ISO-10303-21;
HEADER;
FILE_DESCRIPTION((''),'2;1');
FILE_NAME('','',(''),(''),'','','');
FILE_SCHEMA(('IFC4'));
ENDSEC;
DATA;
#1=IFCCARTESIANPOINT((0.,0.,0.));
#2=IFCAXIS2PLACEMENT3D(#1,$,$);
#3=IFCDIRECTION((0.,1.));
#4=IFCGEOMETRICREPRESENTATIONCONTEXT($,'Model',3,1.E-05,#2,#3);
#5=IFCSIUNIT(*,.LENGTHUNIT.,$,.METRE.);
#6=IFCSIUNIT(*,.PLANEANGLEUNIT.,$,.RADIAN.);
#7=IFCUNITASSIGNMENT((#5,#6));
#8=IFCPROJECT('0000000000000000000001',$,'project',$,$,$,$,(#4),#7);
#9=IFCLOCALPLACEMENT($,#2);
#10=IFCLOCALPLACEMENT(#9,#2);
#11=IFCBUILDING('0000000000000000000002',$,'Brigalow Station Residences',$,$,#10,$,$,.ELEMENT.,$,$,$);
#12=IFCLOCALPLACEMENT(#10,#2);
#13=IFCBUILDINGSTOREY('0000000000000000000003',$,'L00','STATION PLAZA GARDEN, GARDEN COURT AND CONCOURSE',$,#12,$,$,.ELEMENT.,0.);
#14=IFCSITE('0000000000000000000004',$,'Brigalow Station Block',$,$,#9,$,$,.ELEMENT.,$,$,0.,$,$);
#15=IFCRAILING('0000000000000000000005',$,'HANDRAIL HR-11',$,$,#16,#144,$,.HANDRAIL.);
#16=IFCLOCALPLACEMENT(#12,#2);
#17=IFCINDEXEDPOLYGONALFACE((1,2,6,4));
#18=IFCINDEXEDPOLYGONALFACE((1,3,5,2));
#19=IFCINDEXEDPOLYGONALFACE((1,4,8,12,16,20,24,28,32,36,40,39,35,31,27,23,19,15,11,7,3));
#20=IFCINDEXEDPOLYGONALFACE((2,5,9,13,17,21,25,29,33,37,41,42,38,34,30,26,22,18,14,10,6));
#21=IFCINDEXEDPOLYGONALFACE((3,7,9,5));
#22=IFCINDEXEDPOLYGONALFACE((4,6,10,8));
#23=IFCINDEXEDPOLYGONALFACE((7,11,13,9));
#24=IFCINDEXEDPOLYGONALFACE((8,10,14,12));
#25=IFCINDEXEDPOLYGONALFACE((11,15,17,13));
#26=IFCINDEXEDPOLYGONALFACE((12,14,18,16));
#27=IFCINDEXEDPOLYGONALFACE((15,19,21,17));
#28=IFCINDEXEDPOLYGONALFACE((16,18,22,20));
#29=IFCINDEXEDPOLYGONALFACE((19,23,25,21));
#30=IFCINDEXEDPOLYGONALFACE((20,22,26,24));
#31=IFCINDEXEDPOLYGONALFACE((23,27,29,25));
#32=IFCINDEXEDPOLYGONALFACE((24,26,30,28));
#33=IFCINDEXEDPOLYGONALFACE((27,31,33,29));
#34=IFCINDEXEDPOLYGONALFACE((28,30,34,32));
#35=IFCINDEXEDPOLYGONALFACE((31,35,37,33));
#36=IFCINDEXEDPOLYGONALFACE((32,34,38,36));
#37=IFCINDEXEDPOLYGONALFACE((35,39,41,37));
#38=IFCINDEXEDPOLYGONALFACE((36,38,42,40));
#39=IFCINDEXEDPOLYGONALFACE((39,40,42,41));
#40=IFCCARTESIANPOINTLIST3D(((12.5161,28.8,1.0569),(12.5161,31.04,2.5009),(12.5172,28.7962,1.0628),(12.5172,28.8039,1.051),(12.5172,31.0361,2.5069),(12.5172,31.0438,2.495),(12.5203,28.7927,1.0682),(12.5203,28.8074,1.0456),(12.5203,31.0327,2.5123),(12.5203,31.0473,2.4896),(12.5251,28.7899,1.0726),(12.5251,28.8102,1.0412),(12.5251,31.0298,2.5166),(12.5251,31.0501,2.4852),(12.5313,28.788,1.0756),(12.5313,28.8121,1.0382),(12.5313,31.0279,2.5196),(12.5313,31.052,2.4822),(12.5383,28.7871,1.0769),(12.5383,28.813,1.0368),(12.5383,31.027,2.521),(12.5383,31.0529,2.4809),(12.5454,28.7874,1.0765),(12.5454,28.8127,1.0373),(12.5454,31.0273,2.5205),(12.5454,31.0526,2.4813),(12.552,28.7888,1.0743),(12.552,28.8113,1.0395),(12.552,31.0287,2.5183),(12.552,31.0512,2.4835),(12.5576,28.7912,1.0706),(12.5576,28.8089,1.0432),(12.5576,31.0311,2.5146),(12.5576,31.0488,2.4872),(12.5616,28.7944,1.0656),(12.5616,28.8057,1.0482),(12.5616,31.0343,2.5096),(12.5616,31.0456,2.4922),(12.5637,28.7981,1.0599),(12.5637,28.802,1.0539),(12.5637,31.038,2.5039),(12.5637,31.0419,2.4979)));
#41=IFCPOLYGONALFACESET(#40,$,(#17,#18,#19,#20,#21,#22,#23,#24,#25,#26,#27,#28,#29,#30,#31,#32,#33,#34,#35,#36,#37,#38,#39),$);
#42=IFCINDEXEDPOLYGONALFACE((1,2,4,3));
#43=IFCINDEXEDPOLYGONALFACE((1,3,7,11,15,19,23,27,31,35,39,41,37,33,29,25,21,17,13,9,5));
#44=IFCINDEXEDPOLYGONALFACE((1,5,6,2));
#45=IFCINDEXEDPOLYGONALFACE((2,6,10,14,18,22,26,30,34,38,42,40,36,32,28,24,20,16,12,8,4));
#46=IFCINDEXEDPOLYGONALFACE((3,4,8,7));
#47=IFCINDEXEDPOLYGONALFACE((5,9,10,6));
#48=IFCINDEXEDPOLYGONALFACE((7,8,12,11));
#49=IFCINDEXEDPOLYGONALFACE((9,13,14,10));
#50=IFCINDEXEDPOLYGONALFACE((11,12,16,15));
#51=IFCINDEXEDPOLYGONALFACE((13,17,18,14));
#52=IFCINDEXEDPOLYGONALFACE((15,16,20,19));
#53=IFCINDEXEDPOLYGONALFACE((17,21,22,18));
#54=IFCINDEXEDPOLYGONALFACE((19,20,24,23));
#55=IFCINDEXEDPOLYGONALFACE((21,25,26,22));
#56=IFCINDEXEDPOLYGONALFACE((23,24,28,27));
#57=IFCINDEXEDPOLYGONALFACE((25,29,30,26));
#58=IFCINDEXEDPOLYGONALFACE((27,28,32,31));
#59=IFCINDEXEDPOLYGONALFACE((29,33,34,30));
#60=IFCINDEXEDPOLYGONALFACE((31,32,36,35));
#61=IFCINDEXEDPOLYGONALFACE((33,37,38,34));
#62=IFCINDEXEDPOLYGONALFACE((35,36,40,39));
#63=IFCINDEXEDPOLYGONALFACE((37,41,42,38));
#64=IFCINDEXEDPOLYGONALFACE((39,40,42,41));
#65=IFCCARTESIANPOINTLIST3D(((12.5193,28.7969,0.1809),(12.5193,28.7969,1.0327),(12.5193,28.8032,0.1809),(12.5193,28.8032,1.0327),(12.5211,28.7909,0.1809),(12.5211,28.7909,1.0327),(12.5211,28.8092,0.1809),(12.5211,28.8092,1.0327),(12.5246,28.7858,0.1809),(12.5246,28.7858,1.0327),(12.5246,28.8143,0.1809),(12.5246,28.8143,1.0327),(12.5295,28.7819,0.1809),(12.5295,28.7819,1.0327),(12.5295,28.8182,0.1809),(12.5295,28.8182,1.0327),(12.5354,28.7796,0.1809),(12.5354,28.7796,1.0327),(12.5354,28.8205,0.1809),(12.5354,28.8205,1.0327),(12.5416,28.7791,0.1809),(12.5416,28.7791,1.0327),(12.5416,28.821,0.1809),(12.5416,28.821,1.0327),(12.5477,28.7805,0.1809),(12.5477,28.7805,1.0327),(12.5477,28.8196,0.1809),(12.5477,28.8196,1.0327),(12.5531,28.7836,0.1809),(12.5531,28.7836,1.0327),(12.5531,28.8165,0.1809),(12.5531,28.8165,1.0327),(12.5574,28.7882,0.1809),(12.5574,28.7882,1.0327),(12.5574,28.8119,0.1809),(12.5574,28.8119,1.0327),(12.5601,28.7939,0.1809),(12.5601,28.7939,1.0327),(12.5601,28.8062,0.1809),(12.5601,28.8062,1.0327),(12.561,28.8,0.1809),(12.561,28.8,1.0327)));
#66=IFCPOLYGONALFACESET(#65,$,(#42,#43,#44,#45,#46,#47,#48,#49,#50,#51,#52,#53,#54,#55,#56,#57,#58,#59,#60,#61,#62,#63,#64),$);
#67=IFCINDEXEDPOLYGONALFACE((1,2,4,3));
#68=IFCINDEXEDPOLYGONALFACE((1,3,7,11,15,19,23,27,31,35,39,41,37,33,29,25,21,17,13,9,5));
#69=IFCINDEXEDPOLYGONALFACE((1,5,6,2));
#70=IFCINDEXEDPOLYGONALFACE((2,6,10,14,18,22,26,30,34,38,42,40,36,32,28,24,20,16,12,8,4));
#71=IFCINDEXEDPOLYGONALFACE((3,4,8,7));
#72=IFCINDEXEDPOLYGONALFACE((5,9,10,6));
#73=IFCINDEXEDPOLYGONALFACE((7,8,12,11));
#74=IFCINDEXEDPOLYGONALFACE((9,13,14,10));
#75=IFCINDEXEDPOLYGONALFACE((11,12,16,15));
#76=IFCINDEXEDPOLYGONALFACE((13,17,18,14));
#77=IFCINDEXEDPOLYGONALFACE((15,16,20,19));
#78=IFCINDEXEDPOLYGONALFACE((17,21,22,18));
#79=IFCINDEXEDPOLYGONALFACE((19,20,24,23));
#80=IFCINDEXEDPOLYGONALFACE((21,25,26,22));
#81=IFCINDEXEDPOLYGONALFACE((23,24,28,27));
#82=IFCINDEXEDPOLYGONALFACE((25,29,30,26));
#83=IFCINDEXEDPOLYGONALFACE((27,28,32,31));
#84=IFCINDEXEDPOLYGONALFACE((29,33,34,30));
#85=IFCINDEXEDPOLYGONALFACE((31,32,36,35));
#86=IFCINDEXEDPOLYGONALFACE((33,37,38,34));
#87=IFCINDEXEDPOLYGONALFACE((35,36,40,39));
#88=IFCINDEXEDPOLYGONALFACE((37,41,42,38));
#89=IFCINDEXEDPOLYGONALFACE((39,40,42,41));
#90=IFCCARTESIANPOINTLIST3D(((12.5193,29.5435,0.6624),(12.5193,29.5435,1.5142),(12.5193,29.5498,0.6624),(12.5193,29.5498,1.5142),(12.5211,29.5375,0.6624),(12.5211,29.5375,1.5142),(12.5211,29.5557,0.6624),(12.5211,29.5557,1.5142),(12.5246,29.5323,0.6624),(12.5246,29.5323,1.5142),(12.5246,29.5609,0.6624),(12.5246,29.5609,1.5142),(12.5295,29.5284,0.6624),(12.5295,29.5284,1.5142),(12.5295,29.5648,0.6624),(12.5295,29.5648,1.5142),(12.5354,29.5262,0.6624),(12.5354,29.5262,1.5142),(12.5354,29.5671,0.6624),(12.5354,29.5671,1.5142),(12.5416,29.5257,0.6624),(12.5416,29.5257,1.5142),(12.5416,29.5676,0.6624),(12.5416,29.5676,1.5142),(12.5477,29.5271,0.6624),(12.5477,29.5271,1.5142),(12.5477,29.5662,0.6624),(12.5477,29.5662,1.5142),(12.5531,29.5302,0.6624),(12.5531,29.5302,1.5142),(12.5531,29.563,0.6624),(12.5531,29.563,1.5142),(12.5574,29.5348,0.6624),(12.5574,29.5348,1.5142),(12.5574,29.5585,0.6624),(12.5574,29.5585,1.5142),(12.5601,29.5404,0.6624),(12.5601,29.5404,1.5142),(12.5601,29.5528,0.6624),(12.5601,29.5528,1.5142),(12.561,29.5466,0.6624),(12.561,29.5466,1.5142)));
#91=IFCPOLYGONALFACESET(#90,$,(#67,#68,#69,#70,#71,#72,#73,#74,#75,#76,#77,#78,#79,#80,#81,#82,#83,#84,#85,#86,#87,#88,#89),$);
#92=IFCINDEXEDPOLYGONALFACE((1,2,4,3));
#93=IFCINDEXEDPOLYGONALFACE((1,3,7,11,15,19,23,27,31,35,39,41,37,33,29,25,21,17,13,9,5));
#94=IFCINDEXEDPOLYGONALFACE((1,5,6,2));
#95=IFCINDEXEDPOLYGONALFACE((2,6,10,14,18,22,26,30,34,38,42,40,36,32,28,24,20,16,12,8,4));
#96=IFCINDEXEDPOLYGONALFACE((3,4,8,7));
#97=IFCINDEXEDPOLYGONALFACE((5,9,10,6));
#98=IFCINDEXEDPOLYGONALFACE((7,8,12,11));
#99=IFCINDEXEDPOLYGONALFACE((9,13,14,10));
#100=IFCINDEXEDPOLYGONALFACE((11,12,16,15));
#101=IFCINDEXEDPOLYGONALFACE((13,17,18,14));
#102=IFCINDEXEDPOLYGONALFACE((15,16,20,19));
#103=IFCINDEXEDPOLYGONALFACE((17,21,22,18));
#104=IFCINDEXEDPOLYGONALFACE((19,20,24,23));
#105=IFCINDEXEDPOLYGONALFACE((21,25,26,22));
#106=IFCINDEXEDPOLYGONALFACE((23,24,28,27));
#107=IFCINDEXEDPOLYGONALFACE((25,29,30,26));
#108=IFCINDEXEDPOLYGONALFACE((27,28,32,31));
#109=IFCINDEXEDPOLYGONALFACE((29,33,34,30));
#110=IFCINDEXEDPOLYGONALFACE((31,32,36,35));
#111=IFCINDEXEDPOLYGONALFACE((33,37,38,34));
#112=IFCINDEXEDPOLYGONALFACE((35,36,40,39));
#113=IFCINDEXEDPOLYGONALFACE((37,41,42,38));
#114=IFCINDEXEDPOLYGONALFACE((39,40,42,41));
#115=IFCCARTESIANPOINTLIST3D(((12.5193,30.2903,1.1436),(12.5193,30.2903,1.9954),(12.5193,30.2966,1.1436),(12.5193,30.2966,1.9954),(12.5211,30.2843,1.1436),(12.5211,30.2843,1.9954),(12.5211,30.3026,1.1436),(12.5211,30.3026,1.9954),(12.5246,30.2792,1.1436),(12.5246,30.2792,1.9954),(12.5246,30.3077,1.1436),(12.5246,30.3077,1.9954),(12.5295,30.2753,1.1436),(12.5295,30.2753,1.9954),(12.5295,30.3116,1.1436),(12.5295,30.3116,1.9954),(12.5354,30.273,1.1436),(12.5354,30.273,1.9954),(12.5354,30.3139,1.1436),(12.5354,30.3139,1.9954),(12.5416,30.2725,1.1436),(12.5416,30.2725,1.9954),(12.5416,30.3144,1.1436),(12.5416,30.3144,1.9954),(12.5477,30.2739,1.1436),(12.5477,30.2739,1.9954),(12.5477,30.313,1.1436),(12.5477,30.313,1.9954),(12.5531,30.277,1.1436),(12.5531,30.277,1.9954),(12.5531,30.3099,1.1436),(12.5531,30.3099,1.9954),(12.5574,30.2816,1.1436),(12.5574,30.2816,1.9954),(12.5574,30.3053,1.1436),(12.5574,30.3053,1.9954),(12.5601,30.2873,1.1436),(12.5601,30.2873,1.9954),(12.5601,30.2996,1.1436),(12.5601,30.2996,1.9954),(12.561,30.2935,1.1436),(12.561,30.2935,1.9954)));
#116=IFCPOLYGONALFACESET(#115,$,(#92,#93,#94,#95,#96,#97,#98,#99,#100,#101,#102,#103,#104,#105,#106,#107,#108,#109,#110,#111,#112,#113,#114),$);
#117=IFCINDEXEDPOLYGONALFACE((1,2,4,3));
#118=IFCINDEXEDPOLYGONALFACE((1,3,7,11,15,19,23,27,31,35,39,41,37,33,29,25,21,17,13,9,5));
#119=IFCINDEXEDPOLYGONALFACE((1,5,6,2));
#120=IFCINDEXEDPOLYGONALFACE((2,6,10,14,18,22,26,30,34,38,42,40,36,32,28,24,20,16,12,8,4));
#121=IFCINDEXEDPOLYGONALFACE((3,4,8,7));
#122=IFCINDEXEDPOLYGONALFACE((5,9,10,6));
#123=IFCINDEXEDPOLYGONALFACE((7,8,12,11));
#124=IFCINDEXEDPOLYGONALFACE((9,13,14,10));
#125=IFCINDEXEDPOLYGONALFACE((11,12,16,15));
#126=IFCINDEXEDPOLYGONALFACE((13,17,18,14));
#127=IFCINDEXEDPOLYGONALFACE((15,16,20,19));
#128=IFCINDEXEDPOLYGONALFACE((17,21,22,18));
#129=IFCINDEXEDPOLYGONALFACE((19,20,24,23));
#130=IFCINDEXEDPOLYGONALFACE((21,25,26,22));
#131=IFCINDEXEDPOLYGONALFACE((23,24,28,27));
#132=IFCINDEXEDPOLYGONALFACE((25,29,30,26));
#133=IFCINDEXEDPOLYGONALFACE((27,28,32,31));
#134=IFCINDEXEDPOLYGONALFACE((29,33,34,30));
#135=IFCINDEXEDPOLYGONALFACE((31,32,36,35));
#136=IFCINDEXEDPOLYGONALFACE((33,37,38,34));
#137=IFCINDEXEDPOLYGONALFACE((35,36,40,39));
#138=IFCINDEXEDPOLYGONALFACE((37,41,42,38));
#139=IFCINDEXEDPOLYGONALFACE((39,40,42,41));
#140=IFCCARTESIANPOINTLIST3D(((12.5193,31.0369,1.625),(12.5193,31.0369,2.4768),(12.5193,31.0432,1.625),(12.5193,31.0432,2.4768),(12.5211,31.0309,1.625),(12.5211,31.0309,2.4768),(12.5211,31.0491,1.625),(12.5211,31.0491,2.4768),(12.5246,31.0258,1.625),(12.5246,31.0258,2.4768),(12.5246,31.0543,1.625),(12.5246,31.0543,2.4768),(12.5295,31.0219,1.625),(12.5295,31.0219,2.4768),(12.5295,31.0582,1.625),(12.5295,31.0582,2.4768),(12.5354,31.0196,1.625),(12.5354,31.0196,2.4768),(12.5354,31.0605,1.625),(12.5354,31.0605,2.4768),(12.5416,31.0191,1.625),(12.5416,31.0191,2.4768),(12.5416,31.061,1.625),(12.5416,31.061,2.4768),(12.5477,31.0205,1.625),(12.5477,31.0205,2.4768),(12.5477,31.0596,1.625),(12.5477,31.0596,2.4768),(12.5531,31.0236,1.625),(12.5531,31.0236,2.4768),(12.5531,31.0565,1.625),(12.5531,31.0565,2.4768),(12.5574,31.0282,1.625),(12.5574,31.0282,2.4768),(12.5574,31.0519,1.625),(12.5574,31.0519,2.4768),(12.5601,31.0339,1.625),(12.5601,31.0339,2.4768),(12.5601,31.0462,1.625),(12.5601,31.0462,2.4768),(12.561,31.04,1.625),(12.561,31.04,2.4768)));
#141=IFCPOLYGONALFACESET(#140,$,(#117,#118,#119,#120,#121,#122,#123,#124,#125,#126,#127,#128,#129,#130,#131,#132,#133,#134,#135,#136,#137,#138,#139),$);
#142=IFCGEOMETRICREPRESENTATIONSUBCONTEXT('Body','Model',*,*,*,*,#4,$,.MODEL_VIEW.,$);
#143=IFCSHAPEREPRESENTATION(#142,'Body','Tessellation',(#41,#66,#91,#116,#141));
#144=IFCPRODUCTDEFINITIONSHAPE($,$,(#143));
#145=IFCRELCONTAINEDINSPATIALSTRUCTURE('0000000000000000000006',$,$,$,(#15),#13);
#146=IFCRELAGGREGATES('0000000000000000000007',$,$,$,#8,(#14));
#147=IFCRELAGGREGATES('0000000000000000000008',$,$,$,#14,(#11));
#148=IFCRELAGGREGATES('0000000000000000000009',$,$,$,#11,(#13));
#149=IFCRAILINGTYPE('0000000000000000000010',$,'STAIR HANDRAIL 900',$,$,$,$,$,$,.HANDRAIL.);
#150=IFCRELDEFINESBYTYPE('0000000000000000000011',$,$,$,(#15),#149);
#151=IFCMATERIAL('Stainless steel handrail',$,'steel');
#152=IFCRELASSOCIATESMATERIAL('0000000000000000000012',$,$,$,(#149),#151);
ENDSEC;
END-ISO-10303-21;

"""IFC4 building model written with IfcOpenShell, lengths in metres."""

from ifc_helpers import new_model, si_unit, direction, frame, origin, origin_2d, place, context, subcontext, project, spatial, circle, extrude, material, type_object, element, save


model = new_model("IFC4")

# Units and contexts
model_context = context("Model", 3, precision=1e-05, world=origin(), true_north=direction((0.0, 1.0)))
body_context = subcontext(model_context, "Body", "Model", "MODEL_VIEW")
ifc_project = project(units=[si_unit("LENGTHUNIT", "METRE"), si_unit("PLANEANGLEUNIT", "RADIAN")], contexts=[model_context])

# Site, building, storey
site_placement = place(None, origin())
site = spatial("IfcSite", under=ifc_project, at=site_placement, Name="Brigalow Station Block", CompositionType="ELEMENT", RefElevation=0.0)
building_placement = place(site_placement, origin())
building = spatial("IfcBuilding", under=site, at=building_placement, Name="Brigalow Station Residences", CompositionType="ELEMENT")
storey_placement = place(building_placement, origin())
storey = spatial("IfcBuildingStorey", under=building, at=storey_placement, Name="L00", Description="STATION PLAZA GARDEN, GARDEN COURT AND CONCOURSE", CompositionType="ELEMENT", Elevation=0.0)

# Railing
ifc_material_1 = material(Name="Stainless steel handrail", Category="steel")
railing_type_1 = type_object("IfcRailingType", Name="STAIR HANDRAIL 900", PredefinedType="HANDRAIL", material=ifc_material_1)
railing_1_placement = place(storey_placement, frame((12.54, 28.8, 0.1809)))
element("IfcRailing", 1, at=railing_1_placement, inside=storey, type_object=railing_type_1, Name="HANDRAIL HR-11", PredefinedType="HANDRAIL", context=body_context, shape_type="SweptSolid", body=[
    extrude(circle(Radius=0.0239, at=origin_2d()), frame((0.0, 0.0, 0.876), z_axis=(0.0, 0.840478, 0.541845), x_axis=(-1.0, 0.0, 0.0)), (0.0, 0.0, 1.0), 2.665),
    extrude(circle(Radius=0.021, at=origin_2d()), origin(), (0.0, 0.0, 1.0), 0.8518),
    extrude(circle(Radius=0.021, at=origin_2d()), frame((0.0, 0.7466, 0.4814)), (0.0, 0.0, 1.0), 0.8518),
    extrude(circle(Radius=0.021, at=origin_2d()), frame((0.0, 1.4934, 0.9626)), (0.0, 0.0, 1.0), 0.8518),
    extrude(circle(Radius=0.021, at=origin_2d()), frame((0.0, 2.24, 1.4441)), (0.0, 0.0, 1.0), 0.8518),
])

save(model, "model.ifc")
